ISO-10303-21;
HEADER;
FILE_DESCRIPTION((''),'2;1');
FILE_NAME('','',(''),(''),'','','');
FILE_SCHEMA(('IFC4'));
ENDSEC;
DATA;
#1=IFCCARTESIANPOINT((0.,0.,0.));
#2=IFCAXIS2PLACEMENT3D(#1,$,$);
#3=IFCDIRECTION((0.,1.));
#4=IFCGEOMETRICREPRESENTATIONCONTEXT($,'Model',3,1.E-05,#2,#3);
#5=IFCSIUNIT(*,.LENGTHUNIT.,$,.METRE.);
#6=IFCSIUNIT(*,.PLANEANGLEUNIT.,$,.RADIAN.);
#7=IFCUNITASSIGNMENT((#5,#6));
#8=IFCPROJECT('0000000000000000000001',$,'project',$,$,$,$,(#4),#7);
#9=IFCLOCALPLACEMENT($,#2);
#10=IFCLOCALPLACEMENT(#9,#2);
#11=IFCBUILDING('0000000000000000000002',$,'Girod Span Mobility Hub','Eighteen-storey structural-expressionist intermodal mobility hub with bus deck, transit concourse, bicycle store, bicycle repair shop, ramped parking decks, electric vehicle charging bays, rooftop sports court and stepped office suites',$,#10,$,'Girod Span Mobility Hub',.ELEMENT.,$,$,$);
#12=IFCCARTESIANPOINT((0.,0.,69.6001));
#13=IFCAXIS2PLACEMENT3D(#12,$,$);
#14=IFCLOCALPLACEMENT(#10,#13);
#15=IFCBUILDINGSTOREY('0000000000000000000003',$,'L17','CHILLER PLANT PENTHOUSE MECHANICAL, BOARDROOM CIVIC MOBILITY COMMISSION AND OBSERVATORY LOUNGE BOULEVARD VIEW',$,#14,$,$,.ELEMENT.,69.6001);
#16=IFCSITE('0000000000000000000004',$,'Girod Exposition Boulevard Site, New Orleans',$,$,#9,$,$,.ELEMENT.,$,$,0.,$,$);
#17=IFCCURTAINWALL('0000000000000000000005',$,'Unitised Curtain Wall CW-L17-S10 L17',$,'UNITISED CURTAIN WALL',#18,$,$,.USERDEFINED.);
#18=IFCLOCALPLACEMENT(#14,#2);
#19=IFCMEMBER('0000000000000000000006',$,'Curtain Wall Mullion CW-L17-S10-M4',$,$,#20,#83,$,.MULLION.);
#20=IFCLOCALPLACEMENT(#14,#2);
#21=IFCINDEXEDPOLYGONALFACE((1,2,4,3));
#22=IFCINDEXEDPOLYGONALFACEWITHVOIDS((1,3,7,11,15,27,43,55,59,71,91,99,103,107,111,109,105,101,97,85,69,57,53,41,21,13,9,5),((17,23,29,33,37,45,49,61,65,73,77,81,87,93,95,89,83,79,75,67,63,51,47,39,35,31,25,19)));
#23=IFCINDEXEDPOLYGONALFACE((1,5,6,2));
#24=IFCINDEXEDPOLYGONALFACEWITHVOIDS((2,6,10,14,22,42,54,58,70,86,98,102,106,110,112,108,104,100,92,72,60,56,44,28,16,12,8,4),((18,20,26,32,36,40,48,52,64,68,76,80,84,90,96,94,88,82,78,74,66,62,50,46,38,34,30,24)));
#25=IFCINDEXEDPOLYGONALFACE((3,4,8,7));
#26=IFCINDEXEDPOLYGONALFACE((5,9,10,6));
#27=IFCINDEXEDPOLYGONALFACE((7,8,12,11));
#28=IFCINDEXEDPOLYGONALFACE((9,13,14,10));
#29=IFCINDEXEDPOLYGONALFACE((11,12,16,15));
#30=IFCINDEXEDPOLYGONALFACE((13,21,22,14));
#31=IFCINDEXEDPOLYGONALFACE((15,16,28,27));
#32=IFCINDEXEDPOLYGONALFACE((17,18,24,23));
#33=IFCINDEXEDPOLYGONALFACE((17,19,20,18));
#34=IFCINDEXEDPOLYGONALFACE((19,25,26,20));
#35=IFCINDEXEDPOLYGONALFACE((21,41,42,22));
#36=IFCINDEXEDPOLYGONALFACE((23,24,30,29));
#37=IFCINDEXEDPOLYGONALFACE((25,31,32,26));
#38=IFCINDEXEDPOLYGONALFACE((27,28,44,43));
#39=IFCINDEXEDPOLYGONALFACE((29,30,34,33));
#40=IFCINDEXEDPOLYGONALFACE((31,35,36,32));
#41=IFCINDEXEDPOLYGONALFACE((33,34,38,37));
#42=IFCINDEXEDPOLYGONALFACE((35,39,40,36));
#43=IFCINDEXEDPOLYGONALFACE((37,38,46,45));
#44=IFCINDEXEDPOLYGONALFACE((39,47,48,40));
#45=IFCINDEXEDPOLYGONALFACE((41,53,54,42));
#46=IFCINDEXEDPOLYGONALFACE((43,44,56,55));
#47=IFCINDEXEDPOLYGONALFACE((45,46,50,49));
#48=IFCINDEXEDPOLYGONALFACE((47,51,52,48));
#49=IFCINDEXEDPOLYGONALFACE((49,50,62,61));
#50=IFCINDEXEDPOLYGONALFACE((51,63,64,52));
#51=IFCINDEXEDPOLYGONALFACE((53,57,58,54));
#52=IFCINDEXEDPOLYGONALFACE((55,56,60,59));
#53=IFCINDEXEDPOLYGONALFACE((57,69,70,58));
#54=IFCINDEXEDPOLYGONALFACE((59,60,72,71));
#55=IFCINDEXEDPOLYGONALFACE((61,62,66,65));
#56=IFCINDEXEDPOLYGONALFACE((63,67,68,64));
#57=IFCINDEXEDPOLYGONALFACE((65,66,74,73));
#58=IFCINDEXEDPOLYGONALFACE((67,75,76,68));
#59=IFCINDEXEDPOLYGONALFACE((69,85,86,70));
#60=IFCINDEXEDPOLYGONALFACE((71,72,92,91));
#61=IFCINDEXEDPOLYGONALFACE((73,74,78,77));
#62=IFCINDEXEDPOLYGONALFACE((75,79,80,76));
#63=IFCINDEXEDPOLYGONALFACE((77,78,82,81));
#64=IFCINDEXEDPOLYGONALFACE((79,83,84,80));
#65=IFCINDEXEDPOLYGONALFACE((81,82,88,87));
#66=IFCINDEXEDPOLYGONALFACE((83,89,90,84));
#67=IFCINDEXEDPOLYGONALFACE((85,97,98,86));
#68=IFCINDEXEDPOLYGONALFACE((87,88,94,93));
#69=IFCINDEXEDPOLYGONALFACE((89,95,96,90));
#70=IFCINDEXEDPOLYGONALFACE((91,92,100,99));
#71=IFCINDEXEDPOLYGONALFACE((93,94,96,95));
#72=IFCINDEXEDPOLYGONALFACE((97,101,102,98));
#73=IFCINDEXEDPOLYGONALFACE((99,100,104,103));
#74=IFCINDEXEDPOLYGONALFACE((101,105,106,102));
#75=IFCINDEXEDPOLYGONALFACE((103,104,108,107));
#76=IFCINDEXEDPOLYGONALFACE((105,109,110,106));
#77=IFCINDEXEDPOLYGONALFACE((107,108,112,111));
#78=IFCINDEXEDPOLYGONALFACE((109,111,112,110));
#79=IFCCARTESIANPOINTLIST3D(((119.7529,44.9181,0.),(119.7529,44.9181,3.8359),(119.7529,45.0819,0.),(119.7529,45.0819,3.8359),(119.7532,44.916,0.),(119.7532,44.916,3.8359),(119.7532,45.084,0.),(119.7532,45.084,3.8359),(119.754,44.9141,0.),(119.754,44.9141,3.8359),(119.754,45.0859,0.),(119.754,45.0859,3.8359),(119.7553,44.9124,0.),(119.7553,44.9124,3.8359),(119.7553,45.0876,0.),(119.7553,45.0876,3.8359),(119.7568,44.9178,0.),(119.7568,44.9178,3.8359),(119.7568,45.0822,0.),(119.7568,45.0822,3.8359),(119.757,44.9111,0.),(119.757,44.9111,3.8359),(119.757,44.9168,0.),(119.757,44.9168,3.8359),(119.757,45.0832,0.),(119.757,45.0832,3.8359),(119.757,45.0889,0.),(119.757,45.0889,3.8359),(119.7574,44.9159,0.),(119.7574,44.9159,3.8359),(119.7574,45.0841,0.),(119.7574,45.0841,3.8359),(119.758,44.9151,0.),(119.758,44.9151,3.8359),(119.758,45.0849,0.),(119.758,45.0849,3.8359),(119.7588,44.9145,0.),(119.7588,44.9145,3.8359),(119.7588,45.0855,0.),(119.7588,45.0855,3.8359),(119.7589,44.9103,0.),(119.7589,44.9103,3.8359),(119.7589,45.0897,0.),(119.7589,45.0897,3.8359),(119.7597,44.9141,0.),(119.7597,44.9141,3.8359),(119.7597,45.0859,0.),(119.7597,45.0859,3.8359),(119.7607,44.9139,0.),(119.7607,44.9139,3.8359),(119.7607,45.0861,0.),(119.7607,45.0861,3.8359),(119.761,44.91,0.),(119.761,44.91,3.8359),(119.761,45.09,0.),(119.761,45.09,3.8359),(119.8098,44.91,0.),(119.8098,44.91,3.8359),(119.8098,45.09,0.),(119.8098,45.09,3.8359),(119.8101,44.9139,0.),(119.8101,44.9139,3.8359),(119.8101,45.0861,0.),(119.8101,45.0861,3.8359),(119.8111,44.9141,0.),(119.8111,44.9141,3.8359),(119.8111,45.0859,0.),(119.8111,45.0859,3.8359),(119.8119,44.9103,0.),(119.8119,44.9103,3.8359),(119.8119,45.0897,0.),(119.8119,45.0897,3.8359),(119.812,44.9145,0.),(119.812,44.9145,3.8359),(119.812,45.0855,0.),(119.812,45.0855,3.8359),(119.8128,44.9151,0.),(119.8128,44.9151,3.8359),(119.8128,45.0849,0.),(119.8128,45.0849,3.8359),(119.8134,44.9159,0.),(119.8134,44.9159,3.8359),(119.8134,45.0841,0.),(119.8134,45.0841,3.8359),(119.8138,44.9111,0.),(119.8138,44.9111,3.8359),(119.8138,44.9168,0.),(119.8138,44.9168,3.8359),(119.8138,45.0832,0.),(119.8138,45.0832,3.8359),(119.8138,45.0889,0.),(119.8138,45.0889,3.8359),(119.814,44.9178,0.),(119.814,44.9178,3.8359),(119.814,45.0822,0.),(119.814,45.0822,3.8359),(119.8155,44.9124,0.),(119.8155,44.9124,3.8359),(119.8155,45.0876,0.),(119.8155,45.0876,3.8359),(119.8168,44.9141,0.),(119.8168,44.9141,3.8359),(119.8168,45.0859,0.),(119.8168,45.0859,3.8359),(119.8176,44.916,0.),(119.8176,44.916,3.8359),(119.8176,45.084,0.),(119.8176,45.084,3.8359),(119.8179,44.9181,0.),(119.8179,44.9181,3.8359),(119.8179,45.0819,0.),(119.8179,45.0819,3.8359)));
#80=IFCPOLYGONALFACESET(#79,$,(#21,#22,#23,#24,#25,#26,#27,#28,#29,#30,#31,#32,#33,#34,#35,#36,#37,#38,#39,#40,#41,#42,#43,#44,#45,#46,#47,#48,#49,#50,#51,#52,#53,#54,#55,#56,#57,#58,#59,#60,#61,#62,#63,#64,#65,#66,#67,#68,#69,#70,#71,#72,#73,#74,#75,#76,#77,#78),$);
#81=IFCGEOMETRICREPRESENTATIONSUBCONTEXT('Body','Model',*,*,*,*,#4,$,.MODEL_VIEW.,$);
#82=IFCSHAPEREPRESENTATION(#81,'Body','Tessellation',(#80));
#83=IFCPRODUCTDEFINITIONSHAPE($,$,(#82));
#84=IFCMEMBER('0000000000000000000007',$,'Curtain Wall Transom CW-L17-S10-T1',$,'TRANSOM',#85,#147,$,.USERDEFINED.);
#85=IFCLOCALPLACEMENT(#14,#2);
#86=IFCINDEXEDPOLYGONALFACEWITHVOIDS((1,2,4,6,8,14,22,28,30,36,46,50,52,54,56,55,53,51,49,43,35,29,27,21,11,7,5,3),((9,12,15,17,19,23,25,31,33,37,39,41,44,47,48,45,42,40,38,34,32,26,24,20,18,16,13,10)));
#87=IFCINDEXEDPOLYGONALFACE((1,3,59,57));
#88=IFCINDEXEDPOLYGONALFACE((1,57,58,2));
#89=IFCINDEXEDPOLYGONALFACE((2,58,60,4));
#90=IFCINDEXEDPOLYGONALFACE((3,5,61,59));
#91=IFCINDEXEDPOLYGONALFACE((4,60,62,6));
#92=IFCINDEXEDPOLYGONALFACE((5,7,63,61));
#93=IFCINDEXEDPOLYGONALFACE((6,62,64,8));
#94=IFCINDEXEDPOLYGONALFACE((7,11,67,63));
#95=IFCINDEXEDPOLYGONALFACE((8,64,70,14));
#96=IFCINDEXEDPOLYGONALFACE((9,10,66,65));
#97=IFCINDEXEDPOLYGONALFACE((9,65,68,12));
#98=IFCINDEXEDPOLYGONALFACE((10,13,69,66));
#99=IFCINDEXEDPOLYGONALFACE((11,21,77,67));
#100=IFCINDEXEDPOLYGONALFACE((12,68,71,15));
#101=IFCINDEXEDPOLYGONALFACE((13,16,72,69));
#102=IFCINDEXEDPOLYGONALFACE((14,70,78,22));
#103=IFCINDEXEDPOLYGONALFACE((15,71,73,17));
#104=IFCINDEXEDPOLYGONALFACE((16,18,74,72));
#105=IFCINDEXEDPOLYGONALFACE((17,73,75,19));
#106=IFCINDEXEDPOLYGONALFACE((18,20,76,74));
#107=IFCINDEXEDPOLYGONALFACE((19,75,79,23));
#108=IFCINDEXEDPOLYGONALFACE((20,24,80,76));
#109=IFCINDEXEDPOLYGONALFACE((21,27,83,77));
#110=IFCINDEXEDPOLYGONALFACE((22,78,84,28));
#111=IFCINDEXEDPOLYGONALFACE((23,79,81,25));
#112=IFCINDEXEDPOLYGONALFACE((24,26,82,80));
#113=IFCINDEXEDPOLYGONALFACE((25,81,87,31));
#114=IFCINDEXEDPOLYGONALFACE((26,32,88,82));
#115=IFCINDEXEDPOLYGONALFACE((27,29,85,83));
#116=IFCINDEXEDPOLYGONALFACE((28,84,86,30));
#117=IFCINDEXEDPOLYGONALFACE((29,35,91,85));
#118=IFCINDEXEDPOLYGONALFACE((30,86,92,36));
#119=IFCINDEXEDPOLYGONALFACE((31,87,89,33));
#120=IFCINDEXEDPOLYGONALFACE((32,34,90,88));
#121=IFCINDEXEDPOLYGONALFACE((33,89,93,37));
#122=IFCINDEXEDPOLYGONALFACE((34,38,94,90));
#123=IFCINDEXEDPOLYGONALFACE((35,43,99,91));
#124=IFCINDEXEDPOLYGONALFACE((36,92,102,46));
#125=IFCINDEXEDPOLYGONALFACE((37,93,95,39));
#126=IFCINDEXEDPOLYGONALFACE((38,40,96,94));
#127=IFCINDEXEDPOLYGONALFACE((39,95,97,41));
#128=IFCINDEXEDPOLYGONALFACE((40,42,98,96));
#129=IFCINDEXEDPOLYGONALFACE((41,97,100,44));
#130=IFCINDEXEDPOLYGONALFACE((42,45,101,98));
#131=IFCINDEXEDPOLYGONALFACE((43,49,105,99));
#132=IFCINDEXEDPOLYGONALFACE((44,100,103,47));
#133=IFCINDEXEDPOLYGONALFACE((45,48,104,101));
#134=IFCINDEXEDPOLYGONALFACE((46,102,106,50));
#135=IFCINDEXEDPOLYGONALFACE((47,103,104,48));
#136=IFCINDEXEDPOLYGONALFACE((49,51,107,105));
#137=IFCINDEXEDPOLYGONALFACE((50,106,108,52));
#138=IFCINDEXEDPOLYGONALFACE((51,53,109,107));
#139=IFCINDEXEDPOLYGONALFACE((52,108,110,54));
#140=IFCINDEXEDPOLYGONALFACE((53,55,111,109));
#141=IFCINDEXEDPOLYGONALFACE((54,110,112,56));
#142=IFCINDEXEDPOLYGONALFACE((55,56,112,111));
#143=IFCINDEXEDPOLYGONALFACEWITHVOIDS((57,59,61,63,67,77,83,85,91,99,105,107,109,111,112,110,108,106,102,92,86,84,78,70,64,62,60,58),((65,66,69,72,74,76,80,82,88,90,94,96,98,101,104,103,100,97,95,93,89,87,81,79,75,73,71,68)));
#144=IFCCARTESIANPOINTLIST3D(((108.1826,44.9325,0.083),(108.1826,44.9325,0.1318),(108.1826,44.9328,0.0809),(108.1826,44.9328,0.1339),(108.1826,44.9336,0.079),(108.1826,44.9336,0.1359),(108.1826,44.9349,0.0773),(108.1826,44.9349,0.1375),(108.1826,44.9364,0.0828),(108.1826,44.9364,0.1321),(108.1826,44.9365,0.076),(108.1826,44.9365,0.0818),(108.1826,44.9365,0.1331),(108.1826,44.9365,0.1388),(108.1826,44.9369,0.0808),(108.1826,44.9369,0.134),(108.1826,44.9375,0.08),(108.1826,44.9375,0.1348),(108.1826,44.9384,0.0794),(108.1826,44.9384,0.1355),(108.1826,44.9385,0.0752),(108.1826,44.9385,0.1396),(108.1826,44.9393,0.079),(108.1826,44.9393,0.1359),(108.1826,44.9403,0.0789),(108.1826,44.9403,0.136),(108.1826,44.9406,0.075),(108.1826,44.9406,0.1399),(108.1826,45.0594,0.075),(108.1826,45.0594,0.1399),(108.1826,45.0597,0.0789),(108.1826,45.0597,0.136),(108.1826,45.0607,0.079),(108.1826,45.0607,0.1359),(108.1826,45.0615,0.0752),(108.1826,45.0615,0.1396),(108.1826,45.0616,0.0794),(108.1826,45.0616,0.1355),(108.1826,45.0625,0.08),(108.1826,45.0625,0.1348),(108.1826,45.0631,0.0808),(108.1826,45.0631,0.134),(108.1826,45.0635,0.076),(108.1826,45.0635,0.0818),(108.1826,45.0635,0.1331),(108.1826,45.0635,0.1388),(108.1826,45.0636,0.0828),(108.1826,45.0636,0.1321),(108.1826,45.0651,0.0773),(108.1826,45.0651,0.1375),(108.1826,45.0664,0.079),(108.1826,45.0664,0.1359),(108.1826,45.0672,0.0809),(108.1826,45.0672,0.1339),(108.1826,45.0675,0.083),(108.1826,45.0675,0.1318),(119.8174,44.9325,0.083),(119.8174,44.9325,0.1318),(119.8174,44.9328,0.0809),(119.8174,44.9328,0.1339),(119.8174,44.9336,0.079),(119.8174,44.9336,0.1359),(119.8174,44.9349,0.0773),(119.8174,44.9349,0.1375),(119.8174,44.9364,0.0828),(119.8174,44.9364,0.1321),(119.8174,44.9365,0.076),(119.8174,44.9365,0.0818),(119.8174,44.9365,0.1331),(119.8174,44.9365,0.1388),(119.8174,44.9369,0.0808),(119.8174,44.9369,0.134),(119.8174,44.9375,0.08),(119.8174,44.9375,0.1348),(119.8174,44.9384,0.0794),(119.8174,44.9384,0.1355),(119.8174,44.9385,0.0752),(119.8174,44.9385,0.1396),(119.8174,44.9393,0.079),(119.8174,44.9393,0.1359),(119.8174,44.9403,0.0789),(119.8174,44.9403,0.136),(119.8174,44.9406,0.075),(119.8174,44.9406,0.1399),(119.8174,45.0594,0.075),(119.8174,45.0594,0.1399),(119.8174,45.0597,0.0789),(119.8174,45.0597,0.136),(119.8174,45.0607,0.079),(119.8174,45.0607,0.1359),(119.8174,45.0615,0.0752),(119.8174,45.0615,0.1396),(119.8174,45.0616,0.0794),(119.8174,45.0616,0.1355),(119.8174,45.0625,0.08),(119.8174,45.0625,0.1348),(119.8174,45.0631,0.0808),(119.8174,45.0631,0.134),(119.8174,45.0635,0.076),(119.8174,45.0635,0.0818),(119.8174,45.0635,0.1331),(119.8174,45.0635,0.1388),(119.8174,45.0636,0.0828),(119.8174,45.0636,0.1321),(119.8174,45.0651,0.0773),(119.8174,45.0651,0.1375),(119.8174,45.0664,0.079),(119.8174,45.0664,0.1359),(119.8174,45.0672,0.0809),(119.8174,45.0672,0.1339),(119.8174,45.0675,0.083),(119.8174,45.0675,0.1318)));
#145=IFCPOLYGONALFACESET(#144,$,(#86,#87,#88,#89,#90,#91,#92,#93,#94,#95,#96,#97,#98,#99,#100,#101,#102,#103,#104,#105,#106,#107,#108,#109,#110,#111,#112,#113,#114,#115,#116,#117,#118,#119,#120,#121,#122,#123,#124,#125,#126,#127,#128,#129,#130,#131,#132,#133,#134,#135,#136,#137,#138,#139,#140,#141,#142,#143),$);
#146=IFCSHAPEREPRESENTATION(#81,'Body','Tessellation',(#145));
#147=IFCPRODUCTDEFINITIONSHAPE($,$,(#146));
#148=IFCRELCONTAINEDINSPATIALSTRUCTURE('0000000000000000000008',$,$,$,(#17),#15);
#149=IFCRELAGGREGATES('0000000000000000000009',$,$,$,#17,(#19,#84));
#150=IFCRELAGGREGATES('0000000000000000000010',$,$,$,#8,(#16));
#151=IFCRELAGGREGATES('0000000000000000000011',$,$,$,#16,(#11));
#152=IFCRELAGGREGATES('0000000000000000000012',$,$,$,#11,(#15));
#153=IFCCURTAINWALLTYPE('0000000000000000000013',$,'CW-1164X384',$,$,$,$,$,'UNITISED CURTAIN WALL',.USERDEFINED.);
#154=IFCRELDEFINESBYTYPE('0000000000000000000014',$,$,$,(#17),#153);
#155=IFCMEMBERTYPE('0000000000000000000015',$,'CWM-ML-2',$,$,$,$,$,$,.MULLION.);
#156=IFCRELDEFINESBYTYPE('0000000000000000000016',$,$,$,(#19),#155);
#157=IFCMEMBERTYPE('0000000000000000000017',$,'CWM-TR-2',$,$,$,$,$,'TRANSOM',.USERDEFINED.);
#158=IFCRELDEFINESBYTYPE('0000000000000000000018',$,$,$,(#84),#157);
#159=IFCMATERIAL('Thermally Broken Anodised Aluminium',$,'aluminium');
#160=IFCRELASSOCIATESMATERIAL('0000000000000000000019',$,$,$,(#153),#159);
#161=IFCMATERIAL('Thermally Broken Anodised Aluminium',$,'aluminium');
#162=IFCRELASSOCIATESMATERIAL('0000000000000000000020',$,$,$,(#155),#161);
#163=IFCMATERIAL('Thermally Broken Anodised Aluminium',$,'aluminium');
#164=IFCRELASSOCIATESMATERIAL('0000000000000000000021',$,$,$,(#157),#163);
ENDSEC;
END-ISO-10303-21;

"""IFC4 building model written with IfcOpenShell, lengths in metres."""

from ifc_helpers import new_model, si_unit, direction, frame, origin, origin_2d, place, context, subcontext, project, spatial, hollow_rectangle, extrude, material, material_profile, profile_set, type_object, element, aggregate, save


model = new_model("IFC4")

# Units and contexts
model_context = context("Model", 3, precision=1e-05, world=origin(), true_north=direction((0.0, 1.0)))
body_context = subcontext(model_context, "Body", "Model", "MODEL_VIEW")
ifc_project = project(units=[si_unit("LENGTHUNIT", "METRE"), si_unit("PLANEANGLEUNIT", "RADIAN")], contexts=[model_context])

# Site, building, storey
site_placement = place(None, origin())
site = spatial("IfcSite", under=ifc_project, at=site_placement, Name="Girod Exposition Boulevard Site, New Orleans", CompositionType="ELEMENT", RefElevation=0.0)
building_placement = place(site_placement, origin())
building = spatial("IfcBuilding", under=site, at=building_placement, Name="Girod Span Mobility Hub", Description="Eighteen-storey structural-expressionist intermodal mobility hub with bus deck, transit concourse, bicycle store, bicycle repair shop, ramped parking decks, electric vehicle charging bays, rooftop sports court and stepped office suites", LongName="Girod Span Mobility Hub", CompositionType="ELEMENT")
storey_placement = place(building_placement, frame((0.0, 0.0, 69.6001)))
storey = spatial("IfcBuildingStorey", under=building, at=storey_placement, Name="L17", Description="CHILLER PLANT PENTHOUSE MECHANICAL, BOARDROOM CIVIC MOBILITY COMMISSION AND OBSERVATORY LOUNGE BOULEVARD VIEW", CompositionType="ELEMENT", Elevation=69.6001)

# Curtain wall, members
ifc_material_1 = material(Name="Thermally Broken Anodised Aluminium", Category="aluminium")
curtain_wall_type = type_object("IfcCurtainWallType", Name="CW-1164X384", ElementType="UNITISED CURTAIN WALL", PredefinedType="USERDEFINED", material=ifc_material_1)
ifc_material_2 = material(Name="Thermally Broken Anodised Aluminium", Category="aluminium")
ifc_material_profile_1 = material_profile(ifc_material_2, hollow_rectangle(XDim=0.1799, YDim=0.0649, WallThickness=0.0039, InnerFilletRadius=0.0039, OuterFilletRadius=0.0081, at=origin_2d()), Name="CW-ML-65X180")
ifc_profile_set_1 = profile_set([ifc_material_profile_1], Name="Thermally Broken Anodised Aluminium")
member_type_1 = type_object("IfcMemberType", Name="CWM-ML-2", PredefinedType="MULLION", material=ifc_profile_set_1)
curtain_wall_1_placement = place(storey_placement, origin())
curtain_wall_1 = element("IfcCurtainWall", 1, at=curtain_wall_1_placement, inside=storey, type_object=curtain_wall_type, Name="Unitised Curtain Wall CW-L17-S10 L17", ObjectType="UNITISED CURTAIN WALL", PredefinedType="USERDEFINED")
member_1_placement = place(storey_placement, frame((119.7854, 45.0, 0.0), z_axis=(0.0, 0.0, 1.0), x_axis=(0.0, 1.0, 0.0)))
member_1 = element("IfcMember", 2, at=member_1_placement, type_object=member_type_1, Name="Curtain Wall Mullion CW-L17-S10-M4", PredefinedType="MULLION", context=body_context, shape_type="SweptSolid", body=[
    extrude(hollow_rectangle(XDim=0.1799, YDim=0.0649, WallThickness=0.0039, InnerFilletRadius=0.0039, OuterFilletRadius=0.0081, at=origin_2d()), origin(), (0.0, 0.0, 1.0), 3.8359),
])
ifc_material_3 = material(Name="Thermally Broken Anodised Aluminium", Category="aluminium")
ifc_material_profile_2 = material_profile(ifc_material_3, hollow_rectangle(XDim=0.135, YDim=0.0649, WallThickness=0.0039, InnerFilletRadius=0.0039, OuterFilletRadius=0.0081, at=origin_2d()), Name="CW-TR-65X135")
ifc_profile_set_2 = profile_set([ifc_material_profile_2], Name="Thermally Broken Anodised Aluminium")
member_type_2 = type_object("IfcMemberType", Name="CWM-TR-2", ElementType="TRANSOM", PredefinedType="USERDEFINED", material=ifc_profile_set_2)
member_2_placement = place(storey_placement, frame((108.1826, 45.0, 0.1074), z_axis=(1.0, 0.0, 0.0), x_axis=(0.0, 1.0, 0.0)))
member_2 = element("IfcMember", 3, at=member_2_placement, type_object=member_type_2, Name="Curtain Wall Transom CW-L17-S10-T1", ObjectType="TRANSOM", PredefinedType="USERDEFINED", context=body_context, shape_type="SweptSolid", body=[
    extrude(hollow_rectangle(XDim=0.135, YDim=0.0649, WallThickness=0.0039, InnerFilletRadius=0.0039, OuterFilletRadius=0.0081, at=origin_2d()), origin(), (0.0, 0.0, 1.0), 11.6348),
])

aggregate(curtain_wall_1, [member_1, member_2])

save(model, "model.ifc")
